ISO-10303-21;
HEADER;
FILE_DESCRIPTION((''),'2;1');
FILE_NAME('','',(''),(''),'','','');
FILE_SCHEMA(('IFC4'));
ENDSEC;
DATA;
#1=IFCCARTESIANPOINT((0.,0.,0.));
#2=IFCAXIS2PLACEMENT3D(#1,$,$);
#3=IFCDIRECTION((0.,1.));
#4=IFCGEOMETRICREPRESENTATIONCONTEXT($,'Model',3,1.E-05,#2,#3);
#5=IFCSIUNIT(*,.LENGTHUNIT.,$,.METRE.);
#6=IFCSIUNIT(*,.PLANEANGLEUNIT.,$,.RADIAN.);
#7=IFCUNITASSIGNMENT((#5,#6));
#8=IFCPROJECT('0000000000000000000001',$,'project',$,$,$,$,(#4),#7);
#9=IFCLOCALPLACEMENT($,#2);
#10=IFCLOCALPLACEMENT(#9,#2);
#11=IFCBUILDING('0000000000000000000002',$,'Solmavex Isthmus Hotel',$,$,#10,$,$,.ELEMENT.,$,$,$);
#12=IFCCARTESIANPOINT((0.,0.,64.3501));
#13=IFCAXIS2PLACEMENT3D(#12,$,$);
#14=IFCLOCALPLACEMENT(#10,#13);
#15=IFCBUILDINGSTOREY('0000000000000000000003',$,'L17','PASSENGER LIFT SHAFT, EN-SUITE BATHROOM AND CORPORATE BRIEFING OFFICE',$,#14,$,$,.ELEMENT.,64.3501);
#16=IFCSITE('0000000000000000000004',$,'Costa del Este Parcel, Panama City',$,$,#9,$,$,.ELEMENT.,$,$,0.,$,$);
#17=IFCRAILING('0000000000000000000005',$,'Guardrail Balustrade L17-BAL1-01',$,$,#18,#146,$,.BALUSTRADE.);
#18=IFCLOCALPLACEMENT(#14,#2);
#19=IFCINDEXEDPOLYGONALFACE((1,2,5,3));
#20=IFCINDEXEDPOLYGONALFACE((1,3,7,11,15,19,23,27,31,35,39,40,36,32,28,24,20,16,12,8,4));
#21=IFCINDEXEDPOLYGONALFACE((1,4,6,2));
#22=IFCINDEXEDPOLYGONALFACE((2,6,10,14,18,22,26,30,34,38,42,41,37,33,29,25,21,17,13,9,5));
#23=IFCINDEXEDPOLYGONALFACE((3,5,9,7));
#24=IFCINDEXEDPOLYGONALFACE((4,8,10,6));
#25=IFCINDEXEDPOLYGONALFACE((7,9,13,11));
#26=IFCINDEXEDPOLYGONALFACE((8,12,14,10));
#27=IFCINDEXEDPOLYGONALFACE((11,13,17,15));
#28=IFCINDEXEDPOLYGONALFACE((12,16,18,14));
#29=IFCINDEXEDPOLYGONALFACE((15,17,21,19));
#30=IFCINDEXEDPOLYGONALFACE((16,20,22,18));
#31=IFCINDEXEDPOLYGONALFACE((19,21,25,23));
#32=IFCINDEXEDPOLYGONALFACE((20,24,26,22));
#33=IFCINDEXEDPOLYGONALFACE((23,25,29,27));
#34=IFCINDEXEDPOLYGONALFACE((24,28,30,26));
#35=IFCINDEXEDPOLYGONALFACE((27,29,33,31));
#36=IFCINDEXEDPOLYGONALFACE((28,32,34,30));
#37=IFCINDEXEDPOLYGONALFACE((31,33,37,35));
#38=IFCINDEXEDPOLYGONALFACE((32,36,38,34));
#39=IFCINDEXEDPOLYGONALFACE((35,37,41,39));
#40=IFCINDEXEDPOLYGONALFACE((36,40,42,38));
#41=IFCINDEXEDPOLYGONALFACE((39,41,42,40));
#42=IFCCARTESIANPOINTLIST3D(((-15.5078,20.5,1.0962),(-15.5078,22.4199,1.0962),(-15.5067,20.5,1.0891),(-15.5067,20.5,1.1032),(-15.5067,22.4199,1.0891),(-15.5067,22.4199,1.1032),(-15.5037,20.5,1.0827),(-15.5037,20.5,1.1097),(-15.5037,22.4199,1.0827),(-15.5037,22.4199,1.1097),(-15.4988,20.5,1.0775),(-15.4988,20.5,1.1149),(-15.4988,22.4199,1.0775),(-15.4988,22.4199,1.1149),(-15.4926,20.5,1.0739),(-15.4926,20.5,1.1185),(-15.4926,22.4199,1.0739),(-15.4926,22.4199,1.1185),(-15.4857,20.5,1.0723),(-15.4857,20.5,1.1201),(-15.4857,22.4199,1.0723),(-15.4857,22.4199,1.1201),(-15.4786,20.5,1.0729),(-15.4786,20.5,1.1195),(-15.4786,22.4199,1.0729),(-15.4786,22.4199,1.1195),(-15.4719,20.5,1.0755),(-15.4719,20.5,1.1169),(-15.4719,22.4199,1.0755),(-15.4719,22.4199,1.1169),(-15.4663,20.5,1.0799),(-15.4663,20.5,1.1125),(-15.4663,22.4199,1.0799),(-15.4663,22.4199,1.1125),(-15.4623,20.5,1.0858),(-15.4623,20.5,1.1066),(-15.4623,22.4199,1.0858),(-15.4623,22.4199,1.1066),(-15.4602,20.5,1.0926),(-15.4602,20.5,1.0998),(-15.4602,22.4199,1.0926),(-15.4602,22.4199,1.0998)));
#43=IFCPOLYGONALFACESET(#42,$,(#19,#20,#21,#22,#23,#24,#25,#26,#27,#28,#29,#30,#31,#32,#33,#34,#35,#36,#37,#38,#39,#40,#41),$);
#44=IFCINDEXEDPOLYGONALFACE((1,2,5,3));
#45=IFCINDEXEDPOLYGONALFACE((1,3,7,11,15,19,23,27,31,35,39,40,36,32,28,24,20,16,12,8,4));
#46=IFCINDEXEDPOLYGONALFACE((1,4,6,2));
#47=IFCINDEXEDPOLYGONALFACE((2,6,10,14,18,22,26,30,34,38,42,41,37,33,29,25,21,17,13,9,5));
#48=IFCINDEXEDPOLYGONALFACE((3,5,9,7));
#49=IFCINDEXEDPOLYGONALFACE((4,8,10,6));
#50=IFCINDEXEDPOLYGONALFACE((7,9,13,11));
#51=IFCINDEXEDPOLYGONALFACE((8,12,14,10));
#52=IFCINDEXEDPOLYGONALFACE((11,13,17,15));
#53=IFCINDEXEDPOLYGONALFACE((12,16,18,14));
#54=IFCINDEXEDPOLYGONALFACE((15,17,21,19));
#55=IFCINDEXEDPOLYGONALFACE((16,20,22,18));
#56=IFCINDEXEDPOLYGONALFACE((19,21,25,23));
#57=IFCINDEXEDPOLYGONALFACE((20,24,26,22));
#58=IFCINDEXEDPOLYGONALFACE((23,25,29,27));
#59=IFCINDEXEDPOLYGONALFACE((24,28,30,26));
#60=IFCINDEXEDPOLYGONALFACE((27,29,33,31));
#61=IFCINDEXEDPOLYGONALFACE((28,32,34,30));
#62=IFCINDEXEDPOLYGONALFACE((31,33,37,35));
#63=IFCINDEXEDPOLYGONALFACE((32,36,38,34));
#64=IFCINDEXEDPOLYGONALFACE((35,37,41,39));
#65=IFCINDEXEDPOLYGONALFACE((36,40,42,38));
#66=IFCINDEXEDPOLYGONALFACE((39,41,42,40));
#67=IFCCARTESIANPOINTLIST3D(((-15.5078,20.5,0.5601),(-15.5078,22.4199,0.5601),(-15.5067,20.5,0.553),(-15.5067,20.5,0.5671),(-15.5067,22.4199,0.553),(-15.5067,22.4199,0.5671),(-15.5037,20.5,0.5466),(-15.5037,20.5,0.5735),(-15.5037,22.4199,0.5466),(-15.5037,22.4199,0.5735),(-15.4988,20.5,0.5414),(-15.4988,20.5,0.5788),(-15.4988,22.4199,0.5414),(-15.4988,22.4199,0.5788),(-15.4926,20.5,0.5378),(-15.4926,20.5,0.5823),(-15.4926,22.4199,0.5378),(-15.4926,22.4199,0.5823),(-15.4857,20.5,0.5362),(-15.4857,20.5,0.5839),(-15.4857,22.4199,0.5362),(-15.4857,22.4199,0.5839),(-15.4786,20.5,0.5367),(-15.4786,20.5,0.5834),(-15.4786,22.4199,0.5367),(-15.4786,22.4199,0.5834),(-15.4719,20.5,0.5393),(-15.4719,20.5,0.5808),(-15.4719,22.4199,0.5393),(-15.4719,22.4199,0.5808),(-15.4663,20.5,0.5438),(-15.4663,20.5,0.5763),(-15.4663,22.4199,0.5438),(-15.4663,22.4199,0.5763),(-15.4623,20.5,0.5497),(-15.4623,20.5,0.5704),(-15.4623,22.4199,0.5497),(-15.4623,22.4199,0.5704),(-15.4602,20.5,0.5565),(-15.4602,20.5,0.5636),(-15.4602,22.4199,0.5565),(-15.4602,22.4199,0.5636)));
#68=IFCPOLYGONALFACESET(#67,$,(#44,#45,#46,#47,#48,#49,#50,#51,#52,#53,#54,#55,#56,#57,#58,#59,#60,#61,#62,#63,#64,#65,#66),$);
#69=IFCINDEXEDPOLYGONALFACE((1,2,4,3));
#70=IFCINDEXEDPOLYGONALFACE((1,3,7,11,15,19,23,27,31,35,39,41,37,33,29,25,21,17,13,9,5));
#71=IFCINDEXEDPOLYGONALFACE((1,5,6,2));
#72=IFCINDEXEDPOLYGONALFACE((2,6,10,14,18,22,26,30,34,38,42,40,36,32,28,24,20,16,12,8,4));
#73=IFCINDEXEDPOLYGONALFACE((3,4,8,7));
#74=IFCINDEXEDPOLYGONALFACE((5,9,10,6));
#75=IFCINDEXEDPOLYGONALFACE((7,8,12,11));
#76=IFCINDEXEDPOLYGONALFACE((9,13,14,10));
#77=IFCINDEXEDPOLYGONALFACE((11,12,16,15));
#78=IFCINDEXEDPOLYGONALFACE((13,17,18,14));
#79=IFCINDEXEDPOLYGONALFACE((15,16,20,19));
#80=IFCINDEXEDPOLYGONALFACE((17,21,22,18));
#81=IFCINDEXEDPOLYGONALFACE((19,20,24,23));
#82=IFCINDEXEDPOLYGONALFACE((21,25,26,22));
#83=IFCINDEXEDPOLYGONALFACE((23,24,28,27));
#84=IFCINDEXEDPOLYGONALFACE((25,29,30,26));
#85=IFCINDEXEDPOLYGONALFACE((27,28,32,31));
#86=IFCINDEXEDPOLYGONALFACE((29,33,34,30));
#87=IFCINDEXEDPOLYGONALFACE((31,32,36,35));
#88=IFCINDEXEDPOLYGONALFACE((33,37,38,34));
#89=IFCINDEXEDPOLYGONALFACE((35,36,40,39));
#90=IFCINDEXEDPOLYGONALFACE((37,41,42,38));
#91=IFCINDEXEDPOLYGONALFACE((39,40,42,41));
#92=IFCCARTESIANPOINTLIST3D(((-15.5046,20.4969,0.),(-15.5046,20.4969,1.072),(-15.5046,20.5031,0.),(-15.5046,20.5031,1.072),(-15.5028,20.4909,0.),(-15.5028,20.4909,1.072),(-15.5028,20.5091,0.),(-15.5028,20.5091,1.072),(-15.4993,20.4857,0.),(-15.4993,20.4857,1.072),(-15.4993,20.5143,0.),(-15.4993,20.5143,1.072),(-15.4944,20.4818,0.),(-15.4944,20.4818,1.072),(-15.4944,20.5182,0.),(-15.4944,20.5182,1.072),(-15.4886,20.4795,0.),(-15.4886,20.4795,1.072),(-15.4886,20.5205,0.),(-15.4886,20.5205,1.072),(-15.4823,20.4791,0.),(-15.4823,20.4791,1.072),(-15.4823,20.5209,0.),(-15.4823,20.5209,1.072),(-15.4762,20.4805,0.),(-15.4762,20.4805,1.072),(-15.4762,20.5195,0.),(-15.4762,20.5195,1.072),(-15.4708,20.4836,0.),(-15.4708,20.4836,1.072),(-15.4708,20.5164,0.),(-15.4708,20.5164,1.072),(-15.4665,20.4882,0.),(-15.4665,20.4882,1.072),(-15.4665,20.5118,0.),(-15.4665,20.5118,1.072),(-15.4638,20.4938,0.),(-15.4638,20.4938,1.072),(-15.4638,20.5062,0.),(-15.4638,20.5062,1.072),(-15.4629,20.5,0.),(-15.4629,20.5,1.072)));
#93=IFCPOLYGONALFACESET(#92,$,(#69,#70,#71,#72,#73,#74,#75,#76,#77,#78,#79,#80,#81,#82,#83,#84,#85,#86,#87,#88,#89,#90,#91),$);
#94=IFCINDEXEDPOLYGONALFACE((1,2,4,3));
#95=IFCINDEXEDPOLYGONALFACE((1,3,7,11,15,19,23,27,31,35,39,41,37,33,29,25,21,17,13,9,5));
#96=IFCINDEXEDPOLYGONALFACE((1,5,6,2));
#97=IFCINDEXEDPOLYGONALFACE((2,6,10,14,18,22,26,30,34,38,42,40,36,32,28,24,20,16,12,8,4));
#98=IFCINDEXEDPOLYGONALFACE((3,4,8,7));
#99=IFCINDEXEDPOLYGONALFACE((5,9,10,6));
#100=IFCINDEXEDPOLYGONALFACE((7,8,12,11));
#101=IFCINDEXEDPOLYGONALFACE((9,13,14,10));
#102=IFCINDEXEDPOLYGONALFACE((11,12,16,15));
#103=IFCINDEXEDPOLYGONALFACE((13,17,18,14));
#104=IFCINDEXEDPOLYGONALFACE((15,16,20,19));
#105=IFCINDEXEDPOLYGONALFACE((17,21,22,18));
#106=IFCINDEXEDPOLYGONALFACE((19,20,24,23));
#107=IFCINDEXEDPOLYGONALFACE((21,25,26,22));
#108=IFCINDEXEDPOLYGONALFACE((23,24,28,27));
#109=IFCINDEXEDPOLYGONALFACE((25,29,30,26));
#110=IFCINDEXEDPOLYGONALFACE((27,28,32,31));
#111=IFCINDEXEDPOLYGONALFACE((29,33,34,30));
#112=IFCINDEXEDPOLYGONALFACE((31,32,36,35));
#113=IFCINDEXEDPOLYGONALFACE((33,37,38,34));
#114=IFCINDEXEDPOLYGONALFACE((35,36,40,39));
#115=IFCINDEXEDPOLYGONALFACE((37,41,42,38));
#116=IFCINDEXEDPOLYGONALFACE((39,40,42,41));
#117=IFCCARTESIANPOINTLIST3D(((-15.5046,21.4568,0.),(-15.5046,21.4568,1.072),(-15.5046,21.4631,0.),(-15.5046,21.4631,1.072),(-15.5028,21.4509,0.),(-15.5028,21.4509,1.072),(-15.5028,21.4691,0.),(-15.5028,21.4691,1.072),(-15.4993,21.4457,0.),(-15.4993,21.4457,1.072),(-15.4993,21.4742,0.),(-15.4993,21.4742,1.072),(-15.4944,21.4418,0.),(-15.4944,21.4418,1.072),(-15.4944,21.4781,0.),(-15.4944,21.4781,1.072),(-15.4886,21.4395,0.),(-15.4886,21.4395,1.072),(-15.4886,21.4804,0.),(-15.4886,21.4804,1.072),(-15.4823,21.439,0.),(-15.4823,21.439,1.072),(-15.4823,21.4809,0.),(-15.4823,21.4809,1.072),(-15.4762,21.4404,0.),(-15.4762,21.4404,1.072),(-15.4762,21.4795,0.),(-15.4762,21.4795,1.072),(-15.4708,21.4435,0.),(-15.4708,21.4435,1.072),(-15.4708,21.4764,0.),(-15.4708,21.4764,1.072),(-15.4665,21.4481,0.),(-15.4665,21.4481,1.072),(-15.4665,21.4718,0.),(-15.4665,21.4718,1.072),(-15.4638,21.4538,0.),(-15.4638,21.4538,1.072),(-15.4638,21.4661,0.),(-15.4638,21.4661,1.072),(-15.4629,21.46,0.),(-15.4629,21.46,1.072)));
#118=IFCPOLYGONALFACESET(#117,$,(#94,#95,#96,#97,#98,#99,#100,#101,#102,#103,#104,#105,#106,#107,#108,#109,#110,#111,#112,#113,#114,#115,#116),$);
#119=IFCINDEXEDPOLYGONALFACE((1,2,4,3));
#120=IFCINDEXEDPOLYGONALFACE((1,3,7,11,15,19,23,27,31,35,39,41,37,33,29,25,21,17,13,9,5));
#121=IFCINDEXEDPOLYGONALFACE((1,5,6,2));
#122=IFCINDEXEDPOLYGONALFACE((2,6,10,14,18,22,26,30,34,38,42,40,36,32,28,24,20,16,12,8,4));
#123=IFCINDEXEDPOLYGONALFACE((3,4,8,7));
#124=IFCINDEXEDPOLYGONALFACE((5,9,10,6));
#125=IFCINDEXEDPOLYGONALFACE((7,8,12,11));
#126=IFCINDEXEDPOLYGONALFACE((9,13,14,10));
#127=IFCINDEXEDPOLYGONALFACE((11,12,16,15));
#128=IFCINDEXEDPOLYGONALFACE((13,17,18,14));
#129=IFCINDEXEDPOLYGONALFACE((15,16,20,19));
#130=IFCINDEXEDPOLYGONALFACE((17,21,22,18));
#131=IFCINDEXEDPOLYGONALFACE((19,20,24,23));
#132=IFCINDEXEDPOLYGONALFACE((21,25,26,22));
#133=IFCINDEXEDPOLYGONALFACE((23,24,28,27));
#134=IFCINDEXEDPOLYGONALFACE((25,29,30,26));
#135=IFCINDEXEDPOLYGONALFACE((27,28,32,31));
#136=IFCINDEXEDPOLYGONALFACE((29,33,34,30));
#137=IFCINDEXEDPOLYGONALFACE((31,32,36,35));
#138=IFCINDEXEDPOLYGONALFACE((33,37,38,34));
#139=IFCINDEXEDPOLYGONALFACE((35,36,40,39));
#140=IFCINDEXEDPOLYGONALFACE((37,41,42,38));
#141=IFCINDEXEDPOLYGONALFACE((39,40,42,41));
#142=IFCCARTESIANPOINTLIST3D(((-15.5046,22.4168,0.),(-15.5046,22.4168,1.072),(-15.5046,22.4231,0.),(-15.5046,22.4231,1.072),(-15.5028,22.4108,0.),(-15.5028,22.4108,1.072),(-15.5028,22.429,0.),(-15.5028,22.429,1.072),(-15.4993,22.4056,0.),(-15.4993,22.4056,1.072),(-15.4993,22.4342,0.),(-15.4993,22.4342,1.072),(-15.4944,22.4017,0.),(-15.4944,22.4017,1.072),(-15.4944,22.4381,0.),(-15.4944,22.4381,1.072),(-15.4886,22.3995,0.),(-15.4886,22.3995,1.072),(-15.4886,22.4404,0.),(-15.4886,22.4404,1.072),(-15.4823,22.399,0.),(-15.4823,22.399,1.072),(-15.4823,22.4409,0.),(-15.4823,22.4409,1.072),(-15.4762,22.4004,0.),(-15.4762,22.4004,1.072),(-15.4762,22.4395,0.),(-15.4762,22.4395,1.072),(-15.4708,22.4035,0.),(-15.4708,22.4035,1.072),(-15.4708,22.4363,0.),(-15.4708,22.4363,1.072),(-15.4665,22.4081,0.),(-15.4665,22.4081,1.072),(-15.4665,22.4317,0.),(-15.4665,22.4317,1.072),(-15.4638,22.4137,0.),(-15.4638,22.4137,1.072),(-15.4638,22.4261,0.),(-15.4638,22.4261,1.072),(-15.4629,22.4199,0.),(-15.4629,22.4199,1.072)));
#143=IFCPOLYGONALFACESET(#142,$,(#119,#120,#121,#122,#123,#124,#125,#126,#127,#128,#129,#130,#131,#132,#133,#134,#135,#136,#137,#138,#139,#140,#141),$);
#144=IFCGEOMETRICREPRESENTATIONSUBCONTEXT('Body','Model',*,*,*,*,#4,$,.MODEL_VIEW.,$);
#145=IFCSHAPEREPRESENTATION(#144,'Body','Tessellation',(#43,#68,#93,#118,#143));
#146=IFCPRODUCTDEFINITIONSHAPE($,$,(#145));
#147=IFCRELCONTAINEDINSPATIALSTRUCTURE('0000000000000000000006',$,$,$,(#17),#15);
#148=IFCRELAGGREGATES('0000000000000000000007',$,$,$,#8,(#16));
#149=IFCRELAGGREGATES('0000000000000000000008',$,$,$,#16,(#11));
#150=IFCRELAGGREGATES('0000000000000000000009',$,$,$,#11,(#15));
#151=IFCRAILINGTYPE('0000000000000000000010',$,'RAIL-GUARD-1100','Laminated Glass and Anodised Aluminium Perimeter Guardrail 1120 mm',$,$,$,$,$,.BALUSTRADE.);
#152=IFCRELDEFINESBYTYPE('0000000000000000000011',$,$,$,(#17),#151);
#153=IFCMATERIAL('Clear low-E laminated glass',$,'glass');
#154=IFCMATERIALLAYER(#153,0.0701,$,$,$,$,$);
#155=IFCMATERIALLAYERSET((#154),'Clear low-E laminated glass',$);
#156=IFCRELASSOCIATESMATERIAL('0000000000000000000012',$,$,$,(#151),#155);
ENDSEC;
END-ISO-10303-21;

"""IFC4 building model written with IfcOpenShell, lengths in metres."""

from ifc_helpers import new_model, si_unit, direction, frame, origin, origin_2d, place, context, subcontext, project, spatial, circle, extrude, material, layer, layer_set, type_object, element, save


model = new_model("IFC4")

# Units and contexts
model_context = context("Model", 3, precision=1e-05, world=origin(), true_north=direction((0.0, 1.0)))
body_context = subcontext(model_context, "Body", "Model", "MODEL_VIEW")
ifc_project = project(units=[si_unit("LENGTHUNIT", "METRE"), si_unit("PLANEANGLEUNIT", "RADIAN")], contexts=[model_context])

# Site, building, storey
site_placement = place(None, origin())
site = spatial("IfcSite", under=ifc_project, at=site_placement, Name="Costa del Este Parcel, Panama City", CompositionType="ELEMENT", RefElevation=0.0)
building_placement = place(site_placement, origin())
building = spatial("IfcBuilding", under=site, at=building_placement, Name="Solmavex Isthmus Hotel", CompositionType="ELEMENT")
storey_placement = place(building_placement, frame((0.0, 0.0, 64.3501)))
storey = spatial("IfcBuildingStorey", under=building, at=storey_placement, Name="L17", Description="PASSENGER LIFT SHAFT, EN-SUITE BATHROOM AND CORPORATE BRIEFING OFFICE", CompositionType="ELEMENT", Elevation=64.3501)

# Shared definitions
ifc_material_1 = material(Name="Clear low-E laminated glass", Category="glass")

# Railing
ifc_layer_1 = layer(ifc_material_1, 0.0701)
ifc_layer_set_1 = layer_set([ifc_layer_1], Name="Clear low-E laminated glass")
railing_type = type_object("IfcRailingType", Name="RAIL-GUARD-1100", Description="Laminated Glass and Anodised Aluminium Perimeter Guardrail 1120 mm", PredefinedType="BALUSTRADE", material=ifc_layer_set_1)
railing_1_placement = place(storey_placement, frame((-15.4839, 20.5, 0.0)))
element("IfcRailing", 1, at=railing_1_placement, inside=storey, type_object=railing_type, Name="Guardrail Balustrade L17-BAL1-01", PredefinedType="BALUSTRADE", context=body_context, shape_type="SweptSolid", body=[
    extrude(circle(Radius=0.0239, at=origin_2d()), frame((0.0, 0.0, 1.0962), z_axis=(0.0, 1.0, 0.0), x_axis=(-1.0, 0.0, 0.0)), (0.0, 0.0, 1.0), 1.9199),
    extrude(circle(Radius=0.0239, at=origin_2d()), frame((0.0, 0.0, 0.5601), z_axis=(0.0, 1.0, 0.0), x_axis=(-1.0, 0.0, 0.0)), (0.0, 0.0, 1.0), 1.9199),
    extrude(circle(Radius=0.021, at=origin_2d()), origin(), (0.0, 0.0, 1.0), 1.072),
    extrude(circle(Radius=0.021, at=origin_2d()), frame((0.0, 0.96, 0.0)), (0.0, 0.0, 1.0), 1.072),
    extrude(circle(Radius=0.021, at=origin_2d()), frame((0.0, 1.9199, 0.0)), (0.0, 0.0, 1.0), 1.072),
])

save(model, "model.ifc")
